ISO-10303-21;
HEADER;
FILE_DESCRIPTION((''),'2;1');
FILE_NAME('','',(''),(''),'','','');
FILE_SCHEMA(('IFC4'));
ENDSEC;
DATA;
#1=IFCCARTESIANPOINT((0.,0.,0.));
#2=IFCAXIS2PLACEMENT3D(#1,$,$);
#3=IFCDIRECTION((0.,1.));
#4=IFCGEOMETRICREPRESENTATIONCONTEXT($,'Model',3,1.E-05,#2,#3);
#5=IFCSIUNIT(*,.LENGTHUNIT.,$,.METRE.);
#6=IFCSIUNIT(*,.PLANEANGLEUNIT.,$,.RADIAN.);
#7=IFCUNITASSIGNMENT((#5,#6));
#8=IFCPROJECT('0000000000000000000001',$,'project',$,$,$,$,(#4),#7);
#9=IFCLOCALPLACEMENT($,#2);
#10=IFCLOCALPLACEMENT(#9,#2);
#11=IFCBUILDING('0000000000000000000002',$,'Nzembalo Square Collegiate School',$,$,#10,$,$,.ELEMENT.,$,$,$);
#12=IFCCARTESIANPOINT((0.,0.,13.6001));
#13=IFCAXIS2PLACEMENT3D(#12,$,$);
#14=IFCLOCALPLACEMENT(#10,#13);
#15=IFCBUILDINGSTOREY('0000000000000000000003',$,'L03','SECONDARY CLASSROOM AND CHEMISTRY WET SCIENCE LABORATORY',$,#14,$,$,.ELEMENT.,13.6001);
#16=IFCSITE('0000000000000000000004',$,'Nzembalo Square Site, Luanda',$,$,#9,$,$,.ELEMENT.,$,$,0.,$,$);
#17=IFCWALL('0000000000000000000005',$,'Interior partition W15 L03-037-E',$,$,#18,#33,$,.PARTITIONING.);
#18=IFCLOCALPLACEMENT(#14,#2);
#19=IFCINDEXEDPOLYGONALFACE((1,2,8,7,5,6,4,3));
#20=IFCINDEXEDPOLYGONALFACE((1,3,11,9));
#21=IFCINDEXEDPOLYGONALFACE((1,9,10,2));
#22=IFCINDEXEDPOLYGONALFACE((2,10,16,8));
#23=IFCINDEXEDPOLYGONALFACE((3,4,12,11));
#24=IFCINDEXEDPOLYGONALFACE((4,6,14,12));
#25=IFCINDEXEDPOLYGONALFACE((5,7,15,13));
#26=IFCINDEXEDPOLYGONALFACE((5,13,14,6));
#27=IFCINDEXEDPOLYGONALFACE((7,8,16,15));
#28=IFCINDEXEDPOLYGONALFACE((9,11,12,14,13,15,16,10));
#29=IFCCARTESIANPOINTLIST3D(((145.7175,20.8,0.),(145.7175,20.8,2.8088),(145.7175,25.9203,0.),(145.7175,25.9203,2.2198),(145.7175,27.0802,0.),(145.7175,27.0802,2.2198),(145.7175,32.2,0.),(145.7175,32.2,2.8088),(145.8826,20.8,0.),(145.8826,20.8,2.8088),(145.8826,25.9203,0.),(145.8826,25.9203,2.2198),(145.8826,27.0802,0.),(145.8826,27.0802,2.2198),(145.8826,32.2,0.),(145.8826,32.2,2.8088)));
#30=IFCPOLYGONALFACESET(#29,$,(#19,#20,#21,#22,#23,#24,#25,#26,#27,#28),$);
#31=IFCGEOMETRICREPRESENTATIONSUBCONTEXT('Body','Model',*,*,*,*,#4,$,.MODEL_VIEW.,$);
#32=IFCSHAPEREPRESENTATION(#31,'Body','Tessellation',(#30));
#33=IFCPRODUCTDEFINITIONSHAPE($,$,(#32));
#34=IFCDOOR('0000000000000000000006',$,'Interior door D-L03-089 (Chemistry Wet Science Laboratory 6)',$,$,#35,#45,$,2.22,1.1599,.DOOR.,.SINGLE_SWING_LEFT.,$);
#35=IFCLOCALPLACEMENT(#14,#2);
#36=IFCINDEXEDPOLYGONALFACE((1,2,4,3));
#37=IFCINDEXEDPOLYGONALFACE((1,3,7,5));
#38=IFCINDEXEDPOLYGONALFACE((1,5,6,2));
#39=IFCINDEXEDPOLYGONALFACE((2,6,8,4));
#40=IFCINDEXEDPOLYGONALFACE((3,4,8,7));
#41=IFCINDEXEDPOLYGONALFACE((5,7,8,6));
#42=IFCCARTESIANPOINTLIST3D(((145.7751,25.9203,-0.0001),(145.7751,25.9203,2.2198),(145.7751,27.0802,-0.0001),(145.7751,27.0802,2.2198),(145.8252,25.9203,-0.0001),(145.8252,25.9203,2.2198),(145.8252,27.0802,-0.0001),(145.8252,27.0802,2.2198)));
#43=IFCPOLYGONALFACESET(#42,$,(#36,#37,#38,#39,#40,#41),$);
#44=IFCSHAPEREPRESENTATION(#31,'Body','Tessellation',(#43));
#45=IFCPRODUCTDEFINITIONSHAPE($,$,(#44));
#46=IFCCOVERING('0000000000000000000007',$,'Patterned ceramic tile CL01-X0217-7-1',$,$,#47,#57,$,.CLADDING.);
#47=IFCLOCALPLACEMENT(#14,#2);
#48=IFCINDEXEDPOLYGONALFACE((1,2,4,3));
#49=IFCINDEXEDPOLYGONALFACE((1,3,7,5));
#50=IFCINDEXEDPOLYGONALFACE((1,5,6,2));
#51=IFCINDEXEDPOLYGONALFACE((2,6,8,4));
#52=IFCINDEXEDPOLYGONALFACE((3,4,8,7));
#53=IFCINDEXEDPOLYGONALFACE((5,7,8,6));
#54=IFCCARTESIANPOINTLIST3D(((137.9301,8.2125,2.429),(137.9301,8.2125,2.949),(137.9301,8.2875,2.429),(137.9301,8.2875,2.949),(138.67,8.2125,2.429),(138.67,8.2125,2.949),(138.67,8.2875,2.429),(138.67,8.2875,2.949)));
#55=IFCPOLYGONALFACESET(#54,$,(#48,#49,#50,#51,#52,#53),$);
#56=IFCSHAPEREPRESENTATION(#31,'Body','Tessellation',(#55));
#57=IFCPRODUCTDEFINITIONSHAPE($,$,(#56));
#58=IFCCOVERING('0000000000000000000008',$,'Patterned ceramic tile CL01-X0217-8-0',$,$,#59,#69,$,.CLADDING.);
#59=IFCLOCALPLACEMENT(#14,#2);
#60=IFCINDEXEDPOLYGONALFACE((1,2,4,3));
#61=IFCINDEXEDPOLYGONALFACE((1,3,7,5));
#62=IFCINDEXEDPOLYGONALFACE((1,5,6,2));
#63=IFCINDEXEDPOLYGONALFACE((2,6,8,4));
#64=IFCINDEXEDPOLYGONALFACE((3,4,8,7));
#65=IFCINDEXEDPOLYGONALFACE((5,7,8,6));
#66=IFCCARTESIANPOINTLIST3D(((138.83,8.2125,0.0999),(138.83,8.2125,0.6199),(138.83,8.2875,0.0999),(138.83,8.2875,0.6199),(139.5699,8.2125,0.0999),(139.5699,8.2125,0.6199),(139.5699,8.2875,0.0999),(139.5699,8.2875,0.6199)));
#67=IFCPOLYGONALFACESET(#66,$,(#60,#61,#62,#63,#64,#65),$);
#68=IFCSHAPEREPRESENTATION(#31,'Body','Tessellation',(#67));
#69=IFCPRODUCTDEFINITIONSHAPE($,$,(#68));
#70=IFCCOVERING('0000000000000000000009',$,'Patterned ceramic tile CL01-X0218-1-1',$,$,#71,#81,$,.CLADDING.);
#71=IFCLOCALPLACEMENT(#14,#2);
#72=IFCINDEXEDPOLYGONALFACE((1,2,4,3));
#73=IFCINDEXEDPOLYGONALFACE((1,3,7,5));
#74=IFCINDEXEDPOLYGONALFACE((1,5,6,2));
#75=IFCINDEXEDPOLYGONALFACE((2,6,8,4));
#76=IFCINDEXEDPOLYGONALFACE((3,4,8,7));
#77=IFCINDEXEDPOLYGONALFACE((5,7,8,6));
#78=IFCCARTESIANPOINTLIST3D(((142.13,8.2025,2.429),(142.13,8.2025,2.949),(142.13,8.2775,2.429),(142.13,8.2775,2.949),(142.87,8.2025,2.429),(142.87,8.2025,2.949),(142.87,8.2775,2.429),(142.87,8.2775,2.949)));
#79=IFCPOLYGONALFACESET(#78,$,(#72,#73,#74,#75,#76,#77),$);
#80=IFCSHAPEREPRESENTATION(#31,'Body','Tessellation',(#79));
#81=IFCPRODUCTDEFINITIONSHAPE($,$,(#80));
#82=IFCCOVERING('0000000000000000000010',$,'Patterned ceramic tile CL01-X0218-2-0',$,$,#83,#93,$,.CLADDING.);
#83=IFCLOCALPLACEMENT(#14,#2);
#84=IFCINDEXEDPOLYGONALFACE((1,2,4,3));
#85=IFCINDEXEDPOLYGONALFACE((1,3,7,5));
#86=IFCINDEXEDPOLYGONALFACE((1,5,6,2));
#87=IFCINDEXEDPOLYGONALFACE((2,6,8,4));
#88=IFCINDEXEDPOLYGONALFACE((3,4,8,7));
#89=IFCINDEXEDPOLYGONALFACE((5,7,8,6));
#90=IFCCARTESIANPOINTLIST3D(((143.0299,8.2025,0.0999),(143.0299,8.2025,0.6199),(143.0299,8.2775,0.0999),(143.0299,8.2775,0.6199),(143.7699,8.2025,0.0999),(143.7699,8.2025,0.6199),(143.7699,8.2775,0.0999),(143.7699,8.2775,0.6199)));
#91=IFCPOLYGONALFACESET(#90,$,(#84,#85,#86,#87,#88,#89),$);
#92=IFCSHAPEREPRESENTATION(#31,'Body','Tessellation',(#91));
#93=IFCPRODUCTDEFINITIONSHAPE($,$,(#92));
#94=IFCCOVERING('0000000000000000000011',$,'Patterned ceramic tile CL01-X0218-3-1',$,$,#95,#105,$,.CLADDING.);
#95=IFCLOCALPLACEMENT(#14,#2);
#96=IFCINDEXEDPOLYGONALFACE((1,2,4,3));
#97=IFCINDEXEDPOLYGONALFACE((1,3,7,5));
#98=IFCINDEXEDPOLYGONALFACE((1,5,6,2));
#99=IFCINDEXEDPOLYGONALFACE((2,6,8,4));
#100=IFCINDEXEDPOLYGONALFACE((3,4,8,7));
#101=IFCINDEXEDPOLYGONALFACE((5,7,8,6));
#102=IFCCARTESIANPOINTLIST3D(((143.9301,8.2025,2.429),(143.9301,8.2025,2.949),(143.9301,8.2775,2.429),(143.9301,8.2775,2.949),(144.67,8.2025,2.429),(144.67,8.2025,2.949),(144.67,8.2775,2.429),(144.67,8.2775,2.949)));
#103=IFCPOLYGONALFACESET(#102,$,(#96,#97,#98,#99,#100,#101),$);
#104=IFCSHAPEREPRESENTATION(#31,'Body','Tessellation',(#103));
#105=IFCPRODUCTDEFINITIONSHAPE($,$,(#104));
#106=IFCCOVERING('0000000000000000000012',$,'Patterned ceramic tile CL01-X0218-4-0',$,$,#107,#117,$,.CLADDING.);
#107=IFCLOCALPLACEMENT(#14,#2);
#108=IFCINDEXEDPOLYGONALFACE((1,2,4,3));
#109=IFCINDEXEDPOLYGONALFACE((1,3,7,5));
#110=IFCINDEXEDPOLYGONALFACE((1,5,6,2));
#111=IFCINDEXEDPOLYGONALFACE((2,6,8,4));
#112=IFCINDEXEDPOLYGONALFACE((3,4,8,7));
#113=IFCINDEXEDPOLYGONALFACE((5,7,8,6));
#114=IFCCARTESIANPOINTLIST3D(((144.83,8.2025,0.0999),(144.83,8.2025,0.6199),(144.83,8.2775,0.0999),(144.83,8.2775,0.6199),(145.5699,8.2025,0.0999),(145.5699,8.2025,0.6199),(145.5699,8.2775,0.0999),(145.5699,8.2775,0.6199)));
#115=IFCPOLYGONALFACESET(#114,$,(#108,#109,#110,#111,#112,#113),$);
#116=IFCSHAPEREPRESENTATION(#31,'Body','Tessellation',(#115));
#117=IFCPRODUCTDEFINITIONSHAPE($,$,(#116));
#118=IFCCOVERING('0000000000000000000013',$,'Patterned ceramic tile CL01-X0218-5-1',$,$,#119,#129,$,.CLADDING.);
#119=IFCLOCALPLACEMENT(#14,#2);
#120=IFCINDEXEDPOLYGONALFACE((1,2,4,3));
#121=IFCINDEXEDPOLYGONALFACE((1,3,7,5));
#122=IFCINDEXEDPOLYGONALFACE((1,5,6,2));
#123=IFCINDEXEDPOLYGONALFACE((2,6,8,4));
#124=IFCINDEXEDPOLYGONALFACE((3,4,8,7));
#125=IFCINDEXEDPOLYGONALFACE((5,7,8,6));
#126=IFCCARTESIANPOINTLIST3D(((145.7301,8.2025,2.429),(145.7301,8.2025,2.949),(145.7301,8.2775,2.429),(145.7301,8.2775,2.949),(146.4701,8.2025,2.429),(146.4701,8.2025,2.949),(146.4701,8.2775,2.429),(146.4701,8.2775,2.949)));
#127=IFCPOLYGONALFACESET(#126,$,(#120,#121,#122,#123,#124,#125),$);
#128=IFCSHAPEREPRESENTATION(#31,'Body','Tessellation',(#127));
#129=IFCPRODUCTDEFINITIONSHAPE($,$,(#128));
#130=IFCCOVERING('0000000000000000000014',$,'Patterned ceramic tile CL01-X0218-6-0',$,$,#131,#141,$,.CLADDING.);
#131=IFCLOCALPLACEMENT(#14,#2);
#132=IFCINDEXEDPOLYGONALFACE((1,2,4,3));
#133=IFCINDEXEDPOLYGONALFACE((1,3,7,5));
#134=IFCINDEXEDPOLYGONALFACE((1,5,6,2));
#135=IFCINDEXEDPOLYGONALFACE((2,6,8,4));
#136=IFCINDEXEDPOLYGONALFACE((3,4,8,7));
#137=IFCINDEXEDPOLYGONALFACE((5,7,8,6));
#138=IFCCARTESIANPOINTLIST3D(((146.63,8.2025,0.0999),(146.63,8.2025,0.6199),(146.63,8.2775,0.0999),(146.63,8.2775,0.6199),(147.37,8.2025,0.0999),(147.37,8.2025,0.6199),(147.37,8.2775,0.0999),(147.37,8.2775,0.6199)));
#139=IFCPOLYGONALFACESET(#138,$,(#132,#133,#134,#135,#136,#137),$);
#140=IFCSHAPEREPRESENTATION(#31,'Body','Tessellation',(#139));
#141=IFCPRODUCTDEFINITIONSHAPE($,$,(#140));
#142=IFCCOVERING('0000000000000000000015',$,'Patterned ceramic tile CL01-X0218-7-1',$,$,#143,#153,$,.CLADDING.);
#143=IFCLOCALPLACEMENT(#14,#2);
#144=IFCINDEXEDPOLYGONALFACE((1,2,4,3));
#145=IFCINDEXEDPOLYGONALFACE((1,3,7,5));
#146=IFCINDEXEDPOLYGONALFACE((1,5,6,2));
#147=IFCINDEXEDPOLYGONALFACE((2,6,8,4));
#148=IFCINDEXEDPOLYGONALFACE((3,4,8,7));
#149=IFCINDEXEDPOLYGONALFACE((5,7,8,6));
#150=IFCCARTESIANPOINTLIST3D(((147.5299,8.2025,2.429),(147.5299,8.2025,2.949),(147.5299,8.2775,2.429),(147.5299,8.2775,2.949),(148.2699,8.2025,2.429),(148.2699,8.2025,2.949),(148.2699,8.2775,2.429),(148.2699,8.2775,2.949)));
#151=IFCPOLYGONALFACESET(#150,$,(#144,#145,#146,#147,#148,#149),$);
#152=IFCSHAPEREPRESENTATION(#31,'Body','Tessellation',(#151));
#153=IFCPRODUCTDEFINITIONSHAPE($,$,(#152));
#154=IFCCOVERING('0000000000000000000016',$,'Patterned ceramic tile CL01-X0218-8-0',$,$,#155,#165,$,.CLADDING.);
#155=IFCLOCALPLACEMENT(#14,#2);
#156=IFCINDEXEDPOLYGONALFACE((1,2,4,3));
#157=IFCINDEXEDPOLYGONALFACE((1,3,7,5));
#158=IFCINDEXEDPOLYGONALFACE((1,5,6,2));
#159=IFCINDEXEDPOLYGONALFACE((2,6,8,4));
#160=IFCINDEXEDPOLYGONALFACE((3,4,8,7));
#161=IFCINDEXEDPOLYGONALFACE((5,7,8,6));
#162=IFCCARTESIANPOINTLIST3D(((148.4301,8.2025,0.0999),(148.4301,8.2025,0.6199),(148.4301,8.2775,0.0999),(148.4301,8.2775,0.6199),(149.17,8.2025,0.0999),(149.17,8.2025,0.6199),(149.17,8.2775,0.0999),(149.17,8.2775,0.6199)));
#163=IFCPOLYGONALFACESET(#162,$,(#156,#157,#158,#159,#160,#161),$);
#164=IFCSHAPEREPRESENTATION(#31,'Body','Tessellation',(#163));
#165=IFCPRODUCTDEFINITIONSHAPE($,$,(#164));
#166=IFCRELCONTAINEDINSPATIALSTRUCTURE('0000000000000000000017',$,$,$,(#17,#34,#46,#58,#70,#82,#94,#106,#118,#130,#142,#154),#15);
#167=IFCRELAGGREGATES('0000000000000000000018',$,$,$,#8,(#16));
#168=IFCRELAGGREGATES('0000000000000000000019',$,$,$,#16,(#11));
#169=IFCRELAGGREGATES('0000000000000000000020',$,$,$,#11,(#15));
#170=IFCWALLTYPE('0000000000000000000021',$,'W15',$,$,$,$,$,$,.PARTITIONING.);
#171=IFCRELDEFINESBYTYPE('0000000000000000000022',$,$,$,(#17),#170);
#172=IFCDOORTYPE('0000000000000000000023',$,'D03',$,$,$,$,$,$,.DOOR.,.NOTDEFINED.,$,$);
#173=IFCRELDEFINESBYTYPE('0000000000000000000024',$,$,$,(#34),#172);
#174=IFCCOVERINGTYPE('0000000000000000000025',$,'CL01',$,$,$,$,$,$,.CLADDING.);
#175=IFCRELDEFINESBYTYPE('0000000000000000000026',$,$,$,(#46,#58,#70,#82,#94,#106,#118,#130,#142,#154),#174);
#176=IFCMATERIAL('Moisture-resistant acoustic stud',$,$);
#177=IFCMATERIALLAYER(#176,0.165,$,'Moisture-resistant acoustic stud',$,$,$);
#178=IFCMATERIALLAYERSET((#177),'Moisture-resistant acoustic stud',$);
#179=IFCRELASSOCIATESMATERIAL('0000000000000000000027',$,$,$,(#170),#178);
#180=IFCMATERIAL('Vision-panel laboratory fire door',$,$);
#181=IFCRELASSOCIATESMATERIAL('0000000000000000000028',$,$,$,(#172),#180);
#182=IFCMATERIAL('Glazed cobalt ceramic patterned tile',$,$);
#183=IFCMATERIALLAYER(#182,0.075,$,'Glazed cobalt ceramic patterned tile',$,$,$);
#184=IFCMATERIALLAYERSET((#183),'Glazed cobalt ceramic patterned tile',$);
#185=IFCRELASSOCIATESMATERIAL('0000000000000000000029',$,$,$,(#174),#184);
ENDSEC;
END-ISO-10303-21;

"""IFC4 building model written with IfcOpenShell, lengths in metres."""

from ifc_helpers import new_model, si_unit, direction, frame, frame_2d, origin, origin_2d, place, context, subcontext, project, spatial, rectangle, extrude, material, layer, layer_set, type_object, element, fill, save


model = new_model("IFC4")

# Units and contexts
model_context = context("Model", 3, precision=1e-05, world=origin(), true_north=direction((0.0, 1.0)))
body_context = subcontext(model_context, "Body", "Model", "MODEL_VIEW")
ifc_project = project(units=[si_unit("LENGTHUNIT", "METRE"), si_unit("PLANEANGLEUNIT", "RADIAN")], contexts=[model_context])

# Site, building, storey
site_placement = place(None, origin())
site = spatial("IfcSite", under=ifc_project, at=site_placement, Name="Nzembalo Square Site, Luanda", CompositionType="ELEMENT", RefElevation=0.0)
building_placement = place(site_placement, origin())
building = spatial("IfcBuilding", under=site, at=building_placement, Name="Nzembalo Square Collegiate School", CompositionType="ELEMENT")
storey_placement = place(building_placement, frame((0.0, 0.0, 13.6001)))
storey = spatial("IfcBuildingStorey", under=building, at=storey_placement, Name="L03", Description="SECONDARY CLASSROOM AND CHEMISTRY WET SCIENCE LABORATORY", CompositionType="ELEMENT", Elevation=13.6001)

# Wall, opening, door
ifc_material_1 = material(Name="Moisture-resistant acoustic stud")
ifc_layer_1 = layer(ifc_material_1, 0.165, Name="Moisture-resistant acoustic stud")
ifc_layer_set_1 = layer_set([ifc_layer_1], Name="Moisture-resistant acoustic stud")
wall_type_1 = type_object("IfcWallType", Name="W15", PredefinedType="PARTITIONING", material=ifc_layer_set_1)
ifc_material_2 = material(Name="Vision-panel laboratory fire door")
door_type = type_object("IfcDoorType", Name="D03", OperationType="NOTDEFINED", PredefinedType="DOOR", material=ifc_material_2)
wall_1_placement = place(storey_placement, frame((145.8, 20.8, 0.0), z_axis=(0.0, 0.0, 1.0), x_axis=(0.0, 1.0, 0.0)))
wall_1 = element("IfcWall", 1, at=wall_1_placement, inside=storey, type_object=wall_type_1, Name="Interior partition W15 L03-037-E", PredefinedType="PARTITIONING", context=body_context, shape_type="SweptSolid", body=[
    extrude(rectangle(XDim=11.3999, YDim=0.165, at=frame_2d((5.7, 0.0))), origin(), (0.0, 0.0, 1.0), 2.8088),
])
opening_1_placement = place(wall_1_placement, frame((5.1201, 0.0, 0.0)))
opening_1 = element("IfcOpeningElement", 2, at=opening_1_placement, cuts=wall_1, PredefinedType="OPENING", context=body_context, shape_type="SweptSolid", body=[
    extrude(rectangle(XDim=1.1599, YDim=2.22, at=frame_2d((0.5801, 1.1099))), frame((0.0, 0.0925, 0.0), z_axis=(0.0, -1.0, 0.0), x_axis=(1.0, 0.0, 0.0)), (0.0, 0.0, 1.0), 0.1851),
])
door_1_placement = place(opening_1_placement, origin())
door_1 = element("IfcDoor", 3, at=door_1_placement, inside=storey, type_object=door_type, Name="Interior door D-L03-089 (Chemistry Wet Science Laboratory 6)", OperationType="SINGLE_SWING_LEFT", OverallHeight=2.22, OverallWidth=1.1599, PredefinedType="DOOR", context=body_context, shape_type="SweptSolid", body=[
    extrude(rectangle(XDim=1.1599, YDim=2.22, at=frame_2d((0.5801, 1.1099))), frame((0.0, 0.0249, 0.0), z_axis=(0.0, -1.0, 0.0), x_axis=(1.0, 0.0, 0.0)), (0.0, 0.0, 1.0), 0.05),
])
fill(opening_1, door_1)

# Coverings
ifc_material_3 = material(Name="Glazed cobalt ceramic patterned tile")
ifc_layer_2 = layer(ifc_material_3, 0.075, Name="Glazed cobalt ceramic patterned tile")
ifc_layer_set_2 = layer_set([ifc_layer_2], Name="Glazed cobalt ceramic patterned tile")
covering_type = type_object("IfcCoveringType", Name="CL01", PredefinedType="CLADDING", material=ifc_layer_set_2)
for number, where, z_axis, x_axis, name in (
    (4, (138.3, 8.25, 2.429), (0.0, 0.0, 1.0), (1.0, 0.0, 0.0), "Patterned ceramic tile CL01-X0217-7-1"),
    (5, (139.2, 8.25, 0.0999), (0.0, 0.0, 1.0), (1.0, 0.0, 0.0), "Patterned ceramic tile CL01-X0217-8-0"),
    (6, (142.5, 8.24, 2.429), (0.0, 0.0, 1.0), (1.0, 0.0, 0.0), "Patterned ceramic tile CL01-X0218-1-1"),
    (7, (143.3999, 8.24, 0.0999), (0.0, 0.0, 1.0), (1.0, 0.0, 0.0), "Patterned ceramic tile CL01-X0218-2-0"),
    (8, (144.3, 8.24, 2.429), (0.0, 0.0, 1.0), (1.0, 0.0, 0.0), "Patterned ceramic tile CL01-X0218-3-1"),
    (9, (145.2, 8.24, 0.0999), (0.0, 0.0, 1.0), (1.0, 0.0, 0.0), "Patterned ceramic tile CL01-X0218-4-0"),
    (10, (146.1001, 8.24, 2.429), (0.0, 0.0, 1.0), (1.0, 0.0, 0.0), "Patterned ceramic tile CL01-X0218-5-1"),
    (11, (147.0, 8.24, 0.0999), (0.0, 0.0, 1.0), (1.0, 0.0, 0.0), "Patterned ceramic tile CL01-X0218-6-0"),
    (12, (147.8999, 8.24, 2.429), (0.0, 0.0, 1.0), (1.0, 0.0, 0.0), "Patterned ceramic tile CL01-X0218-7-1"),
    (13, (148.8, 8.24, 0.0999), (0.0, 0.0, 1.0), (1.0, 0.0, 0.0), "Patterned ceramic tile CL01-X0218-8-0"),
):
    element("IfcCovering", number, at=place(storey_placement, frame(where, z_axis=z_axis, x_axis=x_axis)), inside=storey, type_object=covering_type, Name=name, PredefinedType="CLADDING", context=body_context, shape_type="SweptSolid", body=[
        extrude(rectangle(XDim=0.74, YDim=0.075, at=origin_2d()), origin(), (0.0, 0.0, 1.0), 0.52),
    ])

save(model, "model.ifc")
